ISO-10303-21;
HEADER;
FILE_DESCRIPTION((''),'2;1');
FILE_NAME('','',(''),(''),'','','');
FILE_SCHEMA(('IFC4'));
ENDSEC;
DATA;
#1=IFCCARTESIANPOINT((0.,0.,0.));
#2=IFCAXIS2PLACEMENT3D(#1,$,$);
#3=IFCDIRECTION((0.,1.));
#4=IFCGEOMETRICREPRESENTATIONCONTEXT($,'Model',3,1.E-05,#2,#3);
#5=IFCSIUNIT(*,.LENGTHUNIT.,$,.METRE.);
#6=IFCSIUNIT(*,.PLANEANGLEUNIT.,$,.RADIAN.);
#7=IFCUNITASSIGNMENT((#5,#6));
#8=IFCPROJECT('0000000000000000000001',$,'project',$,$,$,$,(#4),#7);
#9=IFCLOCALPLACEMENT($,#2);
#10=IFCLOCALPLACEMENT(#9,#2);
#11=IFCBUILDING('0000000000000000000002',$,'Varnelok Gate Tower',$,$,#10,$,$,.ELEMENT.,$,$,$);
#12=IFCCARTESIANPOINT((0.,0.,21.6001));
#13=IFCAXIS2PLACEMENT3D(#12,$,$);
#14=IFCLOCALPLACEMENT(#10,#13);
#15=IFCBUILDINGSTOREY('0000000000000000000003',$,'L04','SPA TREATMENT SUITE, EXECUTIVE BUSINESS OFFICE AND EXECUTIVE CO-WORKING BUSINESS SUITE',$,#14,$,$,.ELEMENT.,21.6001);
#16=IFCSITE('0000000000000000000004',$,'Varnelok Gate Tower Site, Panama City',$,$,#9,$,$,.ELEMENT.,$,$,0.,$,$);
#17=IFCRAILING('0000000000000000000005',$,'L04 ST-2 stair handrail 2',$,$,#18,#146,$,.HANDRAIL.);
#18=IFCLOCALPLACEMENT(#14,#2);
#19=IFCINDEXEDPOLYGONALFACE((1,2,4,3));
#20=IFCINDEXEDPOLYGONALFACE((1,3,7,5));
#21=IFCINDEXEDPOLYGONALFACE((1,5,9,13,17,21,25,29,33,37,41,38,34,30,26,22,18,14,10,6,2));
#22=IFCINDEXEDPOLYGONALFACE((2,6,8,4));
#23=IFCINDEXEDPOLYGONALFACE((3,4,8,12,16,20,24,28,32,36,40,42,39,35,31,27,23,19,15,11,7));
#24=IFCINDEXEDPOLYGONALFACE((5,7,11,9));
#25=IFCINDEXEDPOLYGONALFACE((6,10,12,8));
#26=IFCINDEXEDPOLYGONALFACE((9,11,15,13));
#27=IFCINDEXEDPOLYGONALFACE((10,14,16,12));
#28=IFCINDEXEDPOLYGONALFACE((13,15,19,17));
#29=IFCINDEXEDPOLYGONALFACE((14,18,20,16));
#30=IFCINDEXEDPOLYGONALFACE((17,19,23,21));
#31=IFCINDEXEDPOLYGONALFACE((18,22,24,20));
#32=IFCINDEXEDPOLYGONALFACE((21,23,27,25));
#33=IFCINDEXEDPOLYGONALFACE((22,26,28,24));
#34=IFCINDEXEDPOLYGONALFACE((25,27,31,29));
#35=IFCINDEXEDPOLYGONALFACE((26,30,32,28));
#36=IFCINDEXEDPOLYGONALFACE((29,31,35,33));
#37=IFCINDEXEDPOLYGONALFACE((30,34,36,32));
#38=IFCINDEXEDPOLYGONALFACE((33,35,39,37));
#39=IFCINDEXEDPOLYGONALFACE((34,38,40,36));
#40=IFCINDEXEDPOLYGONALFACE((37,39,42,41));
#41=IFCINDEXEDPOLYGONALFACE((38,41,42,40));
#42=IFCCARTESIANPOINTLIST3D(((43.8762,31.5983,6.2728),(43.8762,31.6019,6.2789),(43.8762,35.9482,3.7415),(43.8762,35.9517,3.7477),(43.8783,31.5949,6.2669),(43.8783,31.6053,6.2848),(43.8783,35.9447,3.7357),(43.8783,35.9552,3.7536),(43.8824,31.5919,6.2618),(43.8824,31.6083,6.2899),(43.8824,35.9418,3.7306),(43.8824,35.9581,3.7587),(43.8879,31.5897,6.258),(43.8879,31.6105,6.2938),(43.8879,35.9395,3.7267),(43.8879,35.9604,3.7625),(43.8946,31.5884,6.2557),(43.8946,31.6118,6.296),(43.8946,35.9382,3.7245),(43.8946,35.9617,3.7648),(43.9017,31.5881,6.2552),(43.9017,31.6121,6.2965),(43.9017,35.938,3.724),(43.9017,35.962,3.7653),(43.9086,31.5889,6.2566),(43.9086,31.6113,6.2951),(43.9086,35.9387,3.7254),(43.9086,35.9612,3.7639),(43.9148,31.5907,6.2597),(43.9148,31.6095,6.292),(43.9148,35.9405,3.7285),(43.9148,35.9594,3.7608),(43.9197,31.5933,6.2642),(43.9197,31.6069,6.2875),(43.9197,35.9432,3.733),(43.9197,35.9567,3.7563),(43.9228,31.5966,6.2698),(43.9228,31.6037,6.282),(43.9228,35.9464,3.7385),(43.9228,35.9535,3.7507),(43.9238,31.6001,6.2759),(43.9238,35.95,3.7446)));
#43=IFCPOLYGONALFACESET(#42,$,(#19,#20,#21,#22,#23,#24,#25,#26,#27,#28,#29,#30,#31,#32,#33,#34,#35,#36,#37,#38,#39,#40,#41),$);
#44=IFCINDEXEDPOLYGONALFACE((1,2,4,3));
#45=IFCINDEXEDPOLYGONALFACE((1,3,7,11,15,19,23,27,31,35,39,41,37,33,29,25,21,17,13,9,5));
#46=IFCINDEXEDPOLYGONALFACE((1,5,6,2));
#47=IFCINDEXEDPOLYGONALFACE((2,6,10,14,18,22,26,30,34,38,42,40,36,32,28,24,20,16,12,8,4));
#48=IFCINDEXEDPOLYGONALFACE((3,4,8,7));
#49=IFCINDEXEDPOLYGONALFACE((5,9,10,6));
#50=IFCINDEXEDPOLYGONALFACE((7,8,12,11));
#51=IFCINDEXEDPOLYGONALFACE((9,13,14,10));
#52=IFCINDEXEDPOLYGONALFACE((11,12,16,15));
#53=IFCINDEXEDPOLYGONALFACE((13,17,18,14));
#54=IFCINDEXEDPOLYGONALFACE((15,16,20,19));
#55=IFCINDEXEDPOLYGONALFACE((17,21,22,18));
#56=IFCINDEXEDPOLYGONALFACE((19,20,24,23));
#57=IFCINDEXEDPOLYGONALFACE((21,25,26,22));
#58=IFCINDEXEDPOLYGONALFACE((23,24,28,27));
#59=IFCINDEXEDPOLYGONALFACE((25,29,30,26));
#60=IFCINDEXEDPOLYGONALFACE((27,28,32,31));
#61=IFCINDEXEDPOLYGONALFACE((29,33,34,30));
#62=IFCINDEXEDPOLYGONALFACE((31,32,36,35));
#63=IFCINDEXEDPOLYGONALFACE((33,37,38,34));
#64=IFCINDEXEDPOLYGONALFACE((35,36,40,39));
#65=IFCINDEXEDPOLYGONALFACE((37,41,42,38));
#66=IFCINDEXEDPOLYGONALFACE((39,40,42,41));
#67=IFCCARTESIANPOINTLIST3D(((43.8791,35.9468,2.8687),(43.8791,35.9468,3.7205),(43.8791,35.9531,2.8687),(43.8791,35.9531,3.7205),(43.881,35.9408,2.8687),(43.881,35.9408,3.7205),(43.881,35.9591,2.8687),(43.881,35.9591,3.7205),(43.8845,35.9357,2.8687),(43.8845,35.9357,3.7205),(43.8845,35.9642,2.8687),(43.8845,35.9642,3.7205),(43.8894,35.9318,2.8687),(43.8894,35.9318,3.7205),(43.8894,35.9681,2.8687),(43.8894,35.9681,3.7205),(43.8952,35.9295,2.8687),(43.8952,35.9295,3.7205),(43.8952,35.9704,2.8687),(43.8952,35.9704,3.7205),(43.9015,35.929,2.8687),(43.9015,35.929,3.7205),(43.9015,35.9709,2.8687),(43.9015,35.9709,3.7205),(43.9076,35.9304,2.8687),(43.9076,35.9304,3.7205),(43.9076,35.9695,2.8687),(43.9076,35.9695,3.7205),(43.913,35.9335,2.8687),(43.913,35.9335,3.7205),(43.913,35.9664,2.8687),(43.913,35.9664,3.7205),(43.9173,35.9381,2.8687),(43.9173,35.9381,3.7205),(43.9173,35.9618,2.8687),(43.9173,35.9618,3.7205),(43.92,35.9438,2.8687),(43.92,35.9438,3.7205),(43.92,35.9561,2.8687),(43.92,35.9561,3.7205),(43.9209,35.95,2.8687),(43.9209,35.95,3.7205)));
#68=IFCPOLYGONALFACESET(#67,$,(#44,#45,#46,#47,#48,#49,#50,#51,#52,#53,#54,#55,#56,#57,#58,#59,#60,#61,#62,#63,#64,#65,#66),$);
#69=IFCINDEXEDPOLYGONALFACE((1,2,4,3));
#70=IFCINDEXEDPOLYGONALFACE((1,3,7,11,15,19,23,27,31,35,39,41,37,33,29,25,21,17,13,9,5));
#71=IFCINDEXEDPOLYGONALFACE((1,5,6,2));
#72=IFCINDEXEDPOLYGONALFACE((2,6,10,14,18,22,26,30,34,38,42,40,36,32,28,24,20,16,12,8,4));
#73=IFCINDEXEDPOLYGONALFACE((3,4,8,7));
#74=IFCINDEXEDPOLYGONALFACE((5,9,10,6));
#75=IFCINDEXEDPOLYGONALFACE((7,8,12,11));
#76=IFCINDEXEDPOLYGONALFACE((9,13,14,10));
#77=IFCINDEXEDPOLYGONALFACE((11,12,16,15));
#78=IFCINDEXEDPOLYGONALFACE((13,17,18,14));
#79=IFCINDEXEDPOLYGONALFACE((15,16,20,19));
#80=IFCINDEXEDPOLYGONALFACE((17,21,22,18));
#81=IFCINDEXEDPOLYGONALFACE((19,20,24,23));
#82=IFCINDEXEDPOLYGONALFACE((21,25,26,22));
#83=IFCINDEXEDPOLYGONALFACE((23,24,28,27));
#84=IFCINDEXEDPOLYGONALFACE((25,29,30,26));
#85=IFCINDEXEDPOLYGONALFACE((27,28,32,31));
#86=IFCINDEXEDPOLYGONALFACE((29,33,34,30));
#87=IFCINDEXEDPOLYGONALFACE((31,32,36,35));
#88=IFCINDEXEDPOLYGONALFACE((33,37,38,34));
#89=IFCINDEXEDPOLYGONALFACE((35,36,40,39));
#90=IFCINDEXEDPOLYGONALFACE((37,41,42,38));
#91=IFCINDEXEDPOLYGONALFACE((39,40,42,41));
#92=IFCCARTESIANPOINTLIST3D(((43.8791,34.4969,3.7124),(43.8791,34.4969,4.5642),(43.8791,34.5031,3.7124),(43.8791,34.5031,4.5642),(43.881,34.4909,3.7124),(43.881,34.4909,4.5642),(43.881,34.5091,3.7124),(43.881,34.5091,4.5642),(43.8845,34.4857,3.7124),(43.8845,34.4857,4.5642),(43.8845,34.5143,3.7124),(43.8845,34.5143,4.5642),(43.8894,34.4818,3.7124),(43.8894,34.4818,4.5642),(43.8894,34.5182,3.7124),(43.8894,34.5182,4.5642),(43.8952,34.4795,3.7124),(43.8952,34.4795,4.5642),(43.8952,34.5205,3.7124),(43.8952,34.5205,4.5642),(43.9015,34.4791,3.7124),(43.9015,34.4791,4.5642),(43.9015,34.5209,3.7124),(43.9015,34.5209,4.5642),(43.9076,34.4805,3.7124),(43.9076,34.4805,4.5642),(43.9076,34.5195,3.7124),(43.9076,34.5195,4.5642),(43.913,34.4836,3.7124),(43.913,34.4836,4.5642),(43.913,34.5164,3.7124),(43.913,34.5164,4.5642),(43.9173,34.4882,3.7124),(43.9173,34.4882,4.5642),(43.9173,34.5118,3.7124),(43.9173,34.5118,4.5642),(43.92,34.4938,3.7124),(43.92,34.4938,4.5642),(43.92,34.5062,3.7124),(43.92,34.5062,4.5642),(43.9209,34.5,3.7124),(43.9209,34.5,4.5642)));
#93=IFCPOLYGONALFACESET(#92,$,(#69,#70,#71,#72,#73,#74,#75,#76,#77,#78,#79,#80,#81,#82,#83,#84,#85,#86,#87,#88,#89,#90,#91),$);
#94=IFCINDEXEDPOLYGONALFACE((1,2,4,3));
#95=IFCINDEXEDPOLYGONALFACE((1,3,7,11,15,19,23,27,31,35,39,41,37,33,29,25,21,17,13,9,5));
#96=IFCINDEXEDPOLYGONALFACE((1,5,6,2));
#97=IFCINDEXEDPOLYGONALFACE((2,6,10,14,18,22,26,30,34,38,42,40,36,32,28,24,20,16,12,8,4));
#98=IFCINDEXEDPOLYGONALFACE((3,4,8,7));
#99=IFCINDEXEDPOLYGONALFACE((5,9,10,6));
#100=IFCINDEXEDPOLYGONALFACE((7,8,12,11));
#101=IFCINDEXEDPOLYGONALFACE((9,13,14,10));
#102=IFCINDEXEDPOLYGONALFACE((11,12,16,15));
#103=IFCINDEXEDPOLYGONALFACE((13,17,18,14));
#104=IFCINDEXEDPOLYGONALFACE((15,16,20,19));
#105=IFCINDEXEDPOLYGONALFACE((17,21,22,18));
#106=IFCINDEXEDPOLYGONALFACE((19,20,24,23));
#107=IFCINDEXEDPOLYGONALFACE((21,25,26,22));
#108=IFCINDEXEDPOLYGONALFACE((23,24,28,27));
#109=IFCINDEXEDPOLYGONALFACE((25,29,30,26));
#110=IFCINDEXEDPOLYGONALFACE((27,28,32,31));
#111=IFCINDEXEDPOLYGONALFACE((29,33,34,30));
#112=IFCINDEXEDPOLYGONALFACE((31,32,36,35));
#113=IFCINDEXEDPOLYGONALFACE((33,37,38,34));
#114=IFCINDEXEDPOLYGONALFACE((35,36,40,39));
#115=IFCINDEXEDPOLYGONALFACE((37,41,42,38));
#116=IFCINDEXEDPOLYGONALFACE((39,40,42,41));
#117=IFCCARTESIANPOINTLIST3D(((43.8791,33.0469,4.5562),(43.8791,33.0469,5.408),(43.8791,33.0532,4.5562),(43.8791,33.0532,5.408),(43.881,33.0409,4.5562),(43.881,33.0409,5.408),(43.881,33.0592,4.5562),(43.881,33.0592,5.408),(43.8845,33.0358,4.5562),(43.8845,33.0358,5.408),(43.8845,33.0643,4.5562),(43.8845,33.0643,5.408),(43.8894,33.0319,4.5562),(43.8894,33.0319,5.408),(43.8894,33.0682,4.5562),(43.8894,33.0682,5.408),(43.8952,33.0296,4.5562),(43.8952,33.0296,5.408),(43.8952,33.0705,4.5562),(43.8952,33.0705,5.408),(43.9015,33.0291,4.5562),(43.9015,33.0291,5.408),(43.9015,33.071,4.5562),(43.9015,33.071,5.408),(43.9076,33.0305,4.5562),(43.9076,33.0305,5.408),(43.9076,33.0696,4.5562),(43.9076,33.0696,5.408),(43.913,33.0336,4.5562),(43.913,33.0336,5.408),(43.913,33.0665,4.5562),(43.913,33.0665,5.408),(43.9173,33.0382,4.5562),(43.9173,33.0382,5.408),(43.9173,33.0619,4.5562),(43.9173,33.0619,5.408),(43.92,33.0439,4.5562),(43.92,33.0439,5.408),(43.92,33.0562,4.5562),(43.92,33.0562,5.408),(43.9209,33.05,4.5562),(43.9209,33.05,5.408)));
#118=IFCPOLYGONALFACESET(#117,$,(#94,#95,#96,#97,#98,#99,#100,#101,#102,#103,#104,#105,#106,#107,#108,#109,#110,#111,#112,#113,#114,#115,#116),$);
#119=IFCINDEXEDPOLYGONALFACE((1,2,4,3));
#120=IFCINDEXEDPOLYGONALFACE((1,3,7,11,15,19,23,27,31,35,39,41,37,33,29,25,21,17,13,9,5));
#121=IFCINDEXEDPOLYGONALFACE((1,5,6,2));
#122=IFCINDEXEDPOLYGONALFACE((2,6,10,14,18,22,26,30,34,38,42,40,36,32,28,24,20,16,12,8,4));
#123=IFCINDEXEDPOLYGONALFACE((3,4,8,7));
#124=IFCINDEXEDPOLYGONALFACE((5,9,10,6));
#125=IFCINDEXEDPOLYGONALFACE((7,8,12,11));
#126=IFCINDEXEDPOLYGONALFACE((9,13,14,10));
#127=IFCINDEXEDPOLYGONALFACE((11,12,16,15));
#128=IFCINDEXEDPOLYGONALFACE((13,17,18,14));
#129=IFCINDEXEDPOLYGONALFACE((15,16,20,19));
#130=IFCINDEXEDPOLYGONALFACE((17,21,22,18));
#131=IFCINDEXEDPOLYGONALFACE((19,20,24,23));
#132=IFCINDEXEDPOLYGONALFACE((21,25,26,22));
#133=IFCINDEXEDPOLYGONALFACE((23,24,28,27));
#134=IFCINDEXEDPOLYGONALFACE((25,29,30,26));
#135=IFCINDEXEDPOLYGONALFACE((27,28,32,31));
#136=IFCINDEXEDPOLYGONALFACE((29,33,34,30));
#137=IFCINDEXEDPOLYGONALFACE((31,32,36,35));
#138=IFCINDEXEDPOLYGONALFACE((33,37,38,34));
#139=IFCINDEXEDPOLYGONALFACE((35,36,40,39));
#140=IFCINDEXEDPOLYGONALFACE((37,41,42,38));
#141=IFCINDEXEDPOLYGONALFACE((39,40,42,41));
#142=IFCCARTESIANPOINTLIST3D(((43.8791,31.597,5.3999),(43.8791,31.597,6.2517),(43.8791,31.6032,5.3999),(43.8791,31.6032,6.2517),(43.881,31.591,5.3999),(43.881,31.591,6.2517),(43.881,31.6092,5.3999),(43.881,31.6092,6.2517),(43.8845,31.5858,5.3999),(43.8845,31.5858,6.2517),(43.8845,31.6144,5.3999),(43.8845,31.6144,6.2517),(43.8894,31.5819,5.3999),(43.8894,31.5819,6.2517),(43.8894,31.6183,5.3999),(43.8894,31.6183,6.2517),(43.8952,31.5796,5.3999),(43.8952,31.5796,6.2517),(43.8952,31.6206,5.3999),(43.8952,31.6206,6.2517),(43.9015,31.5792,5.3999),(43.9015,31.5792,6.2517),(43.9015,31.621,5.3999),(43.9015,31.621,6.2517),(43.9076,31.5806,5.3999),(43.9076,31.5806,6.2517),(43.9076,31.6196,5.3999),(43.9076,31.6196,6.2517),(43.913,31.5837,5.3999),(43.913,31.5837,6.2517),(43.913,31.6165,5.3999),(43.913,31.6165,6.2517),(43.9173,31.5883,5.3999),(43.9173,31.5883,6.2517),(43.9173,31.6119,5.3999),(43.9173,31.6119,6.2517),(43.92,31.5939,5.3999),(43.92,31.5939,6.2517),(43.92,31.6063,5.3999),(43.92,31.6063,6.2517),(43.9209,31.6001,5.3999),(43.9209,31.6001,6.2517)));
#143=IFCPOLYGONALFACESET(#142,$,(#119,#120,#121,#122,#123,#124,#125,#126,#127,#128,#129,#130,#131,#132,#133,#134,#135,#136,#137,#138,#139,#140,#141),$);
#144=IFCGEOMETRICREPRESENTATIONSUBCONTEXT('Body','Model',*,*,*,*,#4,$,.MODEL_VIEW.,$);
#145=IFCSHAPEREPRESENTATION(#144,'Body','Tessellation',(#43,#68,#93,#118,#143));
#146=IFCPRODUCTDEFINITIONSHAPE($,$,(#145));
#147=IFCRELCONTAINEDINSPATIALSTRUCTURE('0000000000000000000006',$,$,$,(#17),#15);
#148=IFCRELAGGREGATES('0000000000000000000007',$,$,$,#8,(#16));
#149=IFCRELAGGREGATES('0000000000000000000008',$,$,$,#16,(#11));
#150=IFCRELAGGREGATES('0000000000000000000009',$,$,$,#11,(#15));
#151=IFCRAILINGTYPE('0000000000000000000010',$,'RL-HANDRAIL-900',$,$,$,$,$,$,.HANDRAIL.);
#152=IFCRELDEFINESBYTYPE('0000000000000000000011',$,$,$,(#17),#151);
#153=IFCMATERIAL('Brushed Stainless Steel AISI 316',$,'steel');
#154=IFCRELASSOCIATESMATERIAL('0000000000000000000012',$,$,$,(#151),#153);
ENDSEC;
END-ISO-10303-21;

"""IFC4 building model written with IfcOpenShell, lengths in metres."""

from ifc_helpers import new_model, si_unit, direction, frame, origin, origin_2d, place, context, subcontext, project, spatial, circle, extrude, material, type_object, element, save


model = new_model("IFC4")

# Units and contexts
model_context = context("Model", 3, precision=1e-05, world=origin(), true_north=direction((0.0, 1.0)))
body_context = subcontext(model_context, "Body", "Model", "MODEL_VIEW")
ifc_project = project(units=[si_unit("LENGTHUNIT", "METRE"), si_unit("PLANEANGLEUNIT", "RADIAN")], contexts=[model_context])

# Site, building, storey
site_placement = place(None, origin())
site = spatial("IfcSite", under=ifc_project, at=site_placement, Name="Varnelok Gate Tower Site, Panama City", CompositionType="ELEMENT", RefElevation=0.0)
building_placement = place(site_placement, origin())
building = spatial("IfcBuilding", under=site, at=building_placement, Name="Varnelok Gate Tower", CompositionType="ELEMENT")
storey_placement = place(building_placement, frame((0.0, 0.0, 21.6001)))
storey = spatial("IfcBuildingStorey", under=building, at=storey_placement, Name="L04", Description="SPA TREATMENT SUITE, EXECUTIVE BUSINESS OFFICE AND EXECUTIVE CO-WORKING BUSINESS SUITE", CompositionType="ELEMENT", Elevation=21.6001)

# Railing
ifc_material_1 = material(Name="Brushed Stainless Steel AISI 316", Category="steel")
railing_type_1 = type_object("IfcRailingType", Name="RL-HANDRAIL-900", PredefinedType="HANDRAIL", material=ifc_material_1)
railing_1_placement = place(storey_placement, frame((43.8999, 35.95, 2.8687)))
element("IfcRailing", 1, at=railing_1_placement, inside=storey, type_object=railing_type_1, Name="L04 ST-2 stair handrail 2", PredefinedType="HANDRAIL", context=body_context, shape_type="SweptSolid", body=[
    extrude(circle(Radius=0.0239, at=origin_2d()), frame((0.0, 0.0, 0.876), z_axis=(0.0, -0.864312, 0.502957), x_axis=(1.0, 0.0, 0.0)), (0.0, 0.0, 1.0), 5.0327),
    extrude(circle(Radius=0.021, at=origin_2d()), origin(), (0.0, 0.0, 1.0), 0.8518),
    extrude(circle(Radius=0.021, at=origin_2d()), frame((0.0, -1.45, 0.8438)), (0.0, 0.0, 1.0), 0.8518),
    extrude(circle(Radius=0.021, at=origin_2d()), frame((0.0, -2.8999, 1.6875)), (0.0, 0.0, 1.0), 0.8518),
    extrude(circle(Radius=0.021, at=origin_2d()), frame((0.0, -4.3499, 2.5312)), (0.0, 0.0, 1.0), 0.8518),
])

save(model, "model.ifc")
